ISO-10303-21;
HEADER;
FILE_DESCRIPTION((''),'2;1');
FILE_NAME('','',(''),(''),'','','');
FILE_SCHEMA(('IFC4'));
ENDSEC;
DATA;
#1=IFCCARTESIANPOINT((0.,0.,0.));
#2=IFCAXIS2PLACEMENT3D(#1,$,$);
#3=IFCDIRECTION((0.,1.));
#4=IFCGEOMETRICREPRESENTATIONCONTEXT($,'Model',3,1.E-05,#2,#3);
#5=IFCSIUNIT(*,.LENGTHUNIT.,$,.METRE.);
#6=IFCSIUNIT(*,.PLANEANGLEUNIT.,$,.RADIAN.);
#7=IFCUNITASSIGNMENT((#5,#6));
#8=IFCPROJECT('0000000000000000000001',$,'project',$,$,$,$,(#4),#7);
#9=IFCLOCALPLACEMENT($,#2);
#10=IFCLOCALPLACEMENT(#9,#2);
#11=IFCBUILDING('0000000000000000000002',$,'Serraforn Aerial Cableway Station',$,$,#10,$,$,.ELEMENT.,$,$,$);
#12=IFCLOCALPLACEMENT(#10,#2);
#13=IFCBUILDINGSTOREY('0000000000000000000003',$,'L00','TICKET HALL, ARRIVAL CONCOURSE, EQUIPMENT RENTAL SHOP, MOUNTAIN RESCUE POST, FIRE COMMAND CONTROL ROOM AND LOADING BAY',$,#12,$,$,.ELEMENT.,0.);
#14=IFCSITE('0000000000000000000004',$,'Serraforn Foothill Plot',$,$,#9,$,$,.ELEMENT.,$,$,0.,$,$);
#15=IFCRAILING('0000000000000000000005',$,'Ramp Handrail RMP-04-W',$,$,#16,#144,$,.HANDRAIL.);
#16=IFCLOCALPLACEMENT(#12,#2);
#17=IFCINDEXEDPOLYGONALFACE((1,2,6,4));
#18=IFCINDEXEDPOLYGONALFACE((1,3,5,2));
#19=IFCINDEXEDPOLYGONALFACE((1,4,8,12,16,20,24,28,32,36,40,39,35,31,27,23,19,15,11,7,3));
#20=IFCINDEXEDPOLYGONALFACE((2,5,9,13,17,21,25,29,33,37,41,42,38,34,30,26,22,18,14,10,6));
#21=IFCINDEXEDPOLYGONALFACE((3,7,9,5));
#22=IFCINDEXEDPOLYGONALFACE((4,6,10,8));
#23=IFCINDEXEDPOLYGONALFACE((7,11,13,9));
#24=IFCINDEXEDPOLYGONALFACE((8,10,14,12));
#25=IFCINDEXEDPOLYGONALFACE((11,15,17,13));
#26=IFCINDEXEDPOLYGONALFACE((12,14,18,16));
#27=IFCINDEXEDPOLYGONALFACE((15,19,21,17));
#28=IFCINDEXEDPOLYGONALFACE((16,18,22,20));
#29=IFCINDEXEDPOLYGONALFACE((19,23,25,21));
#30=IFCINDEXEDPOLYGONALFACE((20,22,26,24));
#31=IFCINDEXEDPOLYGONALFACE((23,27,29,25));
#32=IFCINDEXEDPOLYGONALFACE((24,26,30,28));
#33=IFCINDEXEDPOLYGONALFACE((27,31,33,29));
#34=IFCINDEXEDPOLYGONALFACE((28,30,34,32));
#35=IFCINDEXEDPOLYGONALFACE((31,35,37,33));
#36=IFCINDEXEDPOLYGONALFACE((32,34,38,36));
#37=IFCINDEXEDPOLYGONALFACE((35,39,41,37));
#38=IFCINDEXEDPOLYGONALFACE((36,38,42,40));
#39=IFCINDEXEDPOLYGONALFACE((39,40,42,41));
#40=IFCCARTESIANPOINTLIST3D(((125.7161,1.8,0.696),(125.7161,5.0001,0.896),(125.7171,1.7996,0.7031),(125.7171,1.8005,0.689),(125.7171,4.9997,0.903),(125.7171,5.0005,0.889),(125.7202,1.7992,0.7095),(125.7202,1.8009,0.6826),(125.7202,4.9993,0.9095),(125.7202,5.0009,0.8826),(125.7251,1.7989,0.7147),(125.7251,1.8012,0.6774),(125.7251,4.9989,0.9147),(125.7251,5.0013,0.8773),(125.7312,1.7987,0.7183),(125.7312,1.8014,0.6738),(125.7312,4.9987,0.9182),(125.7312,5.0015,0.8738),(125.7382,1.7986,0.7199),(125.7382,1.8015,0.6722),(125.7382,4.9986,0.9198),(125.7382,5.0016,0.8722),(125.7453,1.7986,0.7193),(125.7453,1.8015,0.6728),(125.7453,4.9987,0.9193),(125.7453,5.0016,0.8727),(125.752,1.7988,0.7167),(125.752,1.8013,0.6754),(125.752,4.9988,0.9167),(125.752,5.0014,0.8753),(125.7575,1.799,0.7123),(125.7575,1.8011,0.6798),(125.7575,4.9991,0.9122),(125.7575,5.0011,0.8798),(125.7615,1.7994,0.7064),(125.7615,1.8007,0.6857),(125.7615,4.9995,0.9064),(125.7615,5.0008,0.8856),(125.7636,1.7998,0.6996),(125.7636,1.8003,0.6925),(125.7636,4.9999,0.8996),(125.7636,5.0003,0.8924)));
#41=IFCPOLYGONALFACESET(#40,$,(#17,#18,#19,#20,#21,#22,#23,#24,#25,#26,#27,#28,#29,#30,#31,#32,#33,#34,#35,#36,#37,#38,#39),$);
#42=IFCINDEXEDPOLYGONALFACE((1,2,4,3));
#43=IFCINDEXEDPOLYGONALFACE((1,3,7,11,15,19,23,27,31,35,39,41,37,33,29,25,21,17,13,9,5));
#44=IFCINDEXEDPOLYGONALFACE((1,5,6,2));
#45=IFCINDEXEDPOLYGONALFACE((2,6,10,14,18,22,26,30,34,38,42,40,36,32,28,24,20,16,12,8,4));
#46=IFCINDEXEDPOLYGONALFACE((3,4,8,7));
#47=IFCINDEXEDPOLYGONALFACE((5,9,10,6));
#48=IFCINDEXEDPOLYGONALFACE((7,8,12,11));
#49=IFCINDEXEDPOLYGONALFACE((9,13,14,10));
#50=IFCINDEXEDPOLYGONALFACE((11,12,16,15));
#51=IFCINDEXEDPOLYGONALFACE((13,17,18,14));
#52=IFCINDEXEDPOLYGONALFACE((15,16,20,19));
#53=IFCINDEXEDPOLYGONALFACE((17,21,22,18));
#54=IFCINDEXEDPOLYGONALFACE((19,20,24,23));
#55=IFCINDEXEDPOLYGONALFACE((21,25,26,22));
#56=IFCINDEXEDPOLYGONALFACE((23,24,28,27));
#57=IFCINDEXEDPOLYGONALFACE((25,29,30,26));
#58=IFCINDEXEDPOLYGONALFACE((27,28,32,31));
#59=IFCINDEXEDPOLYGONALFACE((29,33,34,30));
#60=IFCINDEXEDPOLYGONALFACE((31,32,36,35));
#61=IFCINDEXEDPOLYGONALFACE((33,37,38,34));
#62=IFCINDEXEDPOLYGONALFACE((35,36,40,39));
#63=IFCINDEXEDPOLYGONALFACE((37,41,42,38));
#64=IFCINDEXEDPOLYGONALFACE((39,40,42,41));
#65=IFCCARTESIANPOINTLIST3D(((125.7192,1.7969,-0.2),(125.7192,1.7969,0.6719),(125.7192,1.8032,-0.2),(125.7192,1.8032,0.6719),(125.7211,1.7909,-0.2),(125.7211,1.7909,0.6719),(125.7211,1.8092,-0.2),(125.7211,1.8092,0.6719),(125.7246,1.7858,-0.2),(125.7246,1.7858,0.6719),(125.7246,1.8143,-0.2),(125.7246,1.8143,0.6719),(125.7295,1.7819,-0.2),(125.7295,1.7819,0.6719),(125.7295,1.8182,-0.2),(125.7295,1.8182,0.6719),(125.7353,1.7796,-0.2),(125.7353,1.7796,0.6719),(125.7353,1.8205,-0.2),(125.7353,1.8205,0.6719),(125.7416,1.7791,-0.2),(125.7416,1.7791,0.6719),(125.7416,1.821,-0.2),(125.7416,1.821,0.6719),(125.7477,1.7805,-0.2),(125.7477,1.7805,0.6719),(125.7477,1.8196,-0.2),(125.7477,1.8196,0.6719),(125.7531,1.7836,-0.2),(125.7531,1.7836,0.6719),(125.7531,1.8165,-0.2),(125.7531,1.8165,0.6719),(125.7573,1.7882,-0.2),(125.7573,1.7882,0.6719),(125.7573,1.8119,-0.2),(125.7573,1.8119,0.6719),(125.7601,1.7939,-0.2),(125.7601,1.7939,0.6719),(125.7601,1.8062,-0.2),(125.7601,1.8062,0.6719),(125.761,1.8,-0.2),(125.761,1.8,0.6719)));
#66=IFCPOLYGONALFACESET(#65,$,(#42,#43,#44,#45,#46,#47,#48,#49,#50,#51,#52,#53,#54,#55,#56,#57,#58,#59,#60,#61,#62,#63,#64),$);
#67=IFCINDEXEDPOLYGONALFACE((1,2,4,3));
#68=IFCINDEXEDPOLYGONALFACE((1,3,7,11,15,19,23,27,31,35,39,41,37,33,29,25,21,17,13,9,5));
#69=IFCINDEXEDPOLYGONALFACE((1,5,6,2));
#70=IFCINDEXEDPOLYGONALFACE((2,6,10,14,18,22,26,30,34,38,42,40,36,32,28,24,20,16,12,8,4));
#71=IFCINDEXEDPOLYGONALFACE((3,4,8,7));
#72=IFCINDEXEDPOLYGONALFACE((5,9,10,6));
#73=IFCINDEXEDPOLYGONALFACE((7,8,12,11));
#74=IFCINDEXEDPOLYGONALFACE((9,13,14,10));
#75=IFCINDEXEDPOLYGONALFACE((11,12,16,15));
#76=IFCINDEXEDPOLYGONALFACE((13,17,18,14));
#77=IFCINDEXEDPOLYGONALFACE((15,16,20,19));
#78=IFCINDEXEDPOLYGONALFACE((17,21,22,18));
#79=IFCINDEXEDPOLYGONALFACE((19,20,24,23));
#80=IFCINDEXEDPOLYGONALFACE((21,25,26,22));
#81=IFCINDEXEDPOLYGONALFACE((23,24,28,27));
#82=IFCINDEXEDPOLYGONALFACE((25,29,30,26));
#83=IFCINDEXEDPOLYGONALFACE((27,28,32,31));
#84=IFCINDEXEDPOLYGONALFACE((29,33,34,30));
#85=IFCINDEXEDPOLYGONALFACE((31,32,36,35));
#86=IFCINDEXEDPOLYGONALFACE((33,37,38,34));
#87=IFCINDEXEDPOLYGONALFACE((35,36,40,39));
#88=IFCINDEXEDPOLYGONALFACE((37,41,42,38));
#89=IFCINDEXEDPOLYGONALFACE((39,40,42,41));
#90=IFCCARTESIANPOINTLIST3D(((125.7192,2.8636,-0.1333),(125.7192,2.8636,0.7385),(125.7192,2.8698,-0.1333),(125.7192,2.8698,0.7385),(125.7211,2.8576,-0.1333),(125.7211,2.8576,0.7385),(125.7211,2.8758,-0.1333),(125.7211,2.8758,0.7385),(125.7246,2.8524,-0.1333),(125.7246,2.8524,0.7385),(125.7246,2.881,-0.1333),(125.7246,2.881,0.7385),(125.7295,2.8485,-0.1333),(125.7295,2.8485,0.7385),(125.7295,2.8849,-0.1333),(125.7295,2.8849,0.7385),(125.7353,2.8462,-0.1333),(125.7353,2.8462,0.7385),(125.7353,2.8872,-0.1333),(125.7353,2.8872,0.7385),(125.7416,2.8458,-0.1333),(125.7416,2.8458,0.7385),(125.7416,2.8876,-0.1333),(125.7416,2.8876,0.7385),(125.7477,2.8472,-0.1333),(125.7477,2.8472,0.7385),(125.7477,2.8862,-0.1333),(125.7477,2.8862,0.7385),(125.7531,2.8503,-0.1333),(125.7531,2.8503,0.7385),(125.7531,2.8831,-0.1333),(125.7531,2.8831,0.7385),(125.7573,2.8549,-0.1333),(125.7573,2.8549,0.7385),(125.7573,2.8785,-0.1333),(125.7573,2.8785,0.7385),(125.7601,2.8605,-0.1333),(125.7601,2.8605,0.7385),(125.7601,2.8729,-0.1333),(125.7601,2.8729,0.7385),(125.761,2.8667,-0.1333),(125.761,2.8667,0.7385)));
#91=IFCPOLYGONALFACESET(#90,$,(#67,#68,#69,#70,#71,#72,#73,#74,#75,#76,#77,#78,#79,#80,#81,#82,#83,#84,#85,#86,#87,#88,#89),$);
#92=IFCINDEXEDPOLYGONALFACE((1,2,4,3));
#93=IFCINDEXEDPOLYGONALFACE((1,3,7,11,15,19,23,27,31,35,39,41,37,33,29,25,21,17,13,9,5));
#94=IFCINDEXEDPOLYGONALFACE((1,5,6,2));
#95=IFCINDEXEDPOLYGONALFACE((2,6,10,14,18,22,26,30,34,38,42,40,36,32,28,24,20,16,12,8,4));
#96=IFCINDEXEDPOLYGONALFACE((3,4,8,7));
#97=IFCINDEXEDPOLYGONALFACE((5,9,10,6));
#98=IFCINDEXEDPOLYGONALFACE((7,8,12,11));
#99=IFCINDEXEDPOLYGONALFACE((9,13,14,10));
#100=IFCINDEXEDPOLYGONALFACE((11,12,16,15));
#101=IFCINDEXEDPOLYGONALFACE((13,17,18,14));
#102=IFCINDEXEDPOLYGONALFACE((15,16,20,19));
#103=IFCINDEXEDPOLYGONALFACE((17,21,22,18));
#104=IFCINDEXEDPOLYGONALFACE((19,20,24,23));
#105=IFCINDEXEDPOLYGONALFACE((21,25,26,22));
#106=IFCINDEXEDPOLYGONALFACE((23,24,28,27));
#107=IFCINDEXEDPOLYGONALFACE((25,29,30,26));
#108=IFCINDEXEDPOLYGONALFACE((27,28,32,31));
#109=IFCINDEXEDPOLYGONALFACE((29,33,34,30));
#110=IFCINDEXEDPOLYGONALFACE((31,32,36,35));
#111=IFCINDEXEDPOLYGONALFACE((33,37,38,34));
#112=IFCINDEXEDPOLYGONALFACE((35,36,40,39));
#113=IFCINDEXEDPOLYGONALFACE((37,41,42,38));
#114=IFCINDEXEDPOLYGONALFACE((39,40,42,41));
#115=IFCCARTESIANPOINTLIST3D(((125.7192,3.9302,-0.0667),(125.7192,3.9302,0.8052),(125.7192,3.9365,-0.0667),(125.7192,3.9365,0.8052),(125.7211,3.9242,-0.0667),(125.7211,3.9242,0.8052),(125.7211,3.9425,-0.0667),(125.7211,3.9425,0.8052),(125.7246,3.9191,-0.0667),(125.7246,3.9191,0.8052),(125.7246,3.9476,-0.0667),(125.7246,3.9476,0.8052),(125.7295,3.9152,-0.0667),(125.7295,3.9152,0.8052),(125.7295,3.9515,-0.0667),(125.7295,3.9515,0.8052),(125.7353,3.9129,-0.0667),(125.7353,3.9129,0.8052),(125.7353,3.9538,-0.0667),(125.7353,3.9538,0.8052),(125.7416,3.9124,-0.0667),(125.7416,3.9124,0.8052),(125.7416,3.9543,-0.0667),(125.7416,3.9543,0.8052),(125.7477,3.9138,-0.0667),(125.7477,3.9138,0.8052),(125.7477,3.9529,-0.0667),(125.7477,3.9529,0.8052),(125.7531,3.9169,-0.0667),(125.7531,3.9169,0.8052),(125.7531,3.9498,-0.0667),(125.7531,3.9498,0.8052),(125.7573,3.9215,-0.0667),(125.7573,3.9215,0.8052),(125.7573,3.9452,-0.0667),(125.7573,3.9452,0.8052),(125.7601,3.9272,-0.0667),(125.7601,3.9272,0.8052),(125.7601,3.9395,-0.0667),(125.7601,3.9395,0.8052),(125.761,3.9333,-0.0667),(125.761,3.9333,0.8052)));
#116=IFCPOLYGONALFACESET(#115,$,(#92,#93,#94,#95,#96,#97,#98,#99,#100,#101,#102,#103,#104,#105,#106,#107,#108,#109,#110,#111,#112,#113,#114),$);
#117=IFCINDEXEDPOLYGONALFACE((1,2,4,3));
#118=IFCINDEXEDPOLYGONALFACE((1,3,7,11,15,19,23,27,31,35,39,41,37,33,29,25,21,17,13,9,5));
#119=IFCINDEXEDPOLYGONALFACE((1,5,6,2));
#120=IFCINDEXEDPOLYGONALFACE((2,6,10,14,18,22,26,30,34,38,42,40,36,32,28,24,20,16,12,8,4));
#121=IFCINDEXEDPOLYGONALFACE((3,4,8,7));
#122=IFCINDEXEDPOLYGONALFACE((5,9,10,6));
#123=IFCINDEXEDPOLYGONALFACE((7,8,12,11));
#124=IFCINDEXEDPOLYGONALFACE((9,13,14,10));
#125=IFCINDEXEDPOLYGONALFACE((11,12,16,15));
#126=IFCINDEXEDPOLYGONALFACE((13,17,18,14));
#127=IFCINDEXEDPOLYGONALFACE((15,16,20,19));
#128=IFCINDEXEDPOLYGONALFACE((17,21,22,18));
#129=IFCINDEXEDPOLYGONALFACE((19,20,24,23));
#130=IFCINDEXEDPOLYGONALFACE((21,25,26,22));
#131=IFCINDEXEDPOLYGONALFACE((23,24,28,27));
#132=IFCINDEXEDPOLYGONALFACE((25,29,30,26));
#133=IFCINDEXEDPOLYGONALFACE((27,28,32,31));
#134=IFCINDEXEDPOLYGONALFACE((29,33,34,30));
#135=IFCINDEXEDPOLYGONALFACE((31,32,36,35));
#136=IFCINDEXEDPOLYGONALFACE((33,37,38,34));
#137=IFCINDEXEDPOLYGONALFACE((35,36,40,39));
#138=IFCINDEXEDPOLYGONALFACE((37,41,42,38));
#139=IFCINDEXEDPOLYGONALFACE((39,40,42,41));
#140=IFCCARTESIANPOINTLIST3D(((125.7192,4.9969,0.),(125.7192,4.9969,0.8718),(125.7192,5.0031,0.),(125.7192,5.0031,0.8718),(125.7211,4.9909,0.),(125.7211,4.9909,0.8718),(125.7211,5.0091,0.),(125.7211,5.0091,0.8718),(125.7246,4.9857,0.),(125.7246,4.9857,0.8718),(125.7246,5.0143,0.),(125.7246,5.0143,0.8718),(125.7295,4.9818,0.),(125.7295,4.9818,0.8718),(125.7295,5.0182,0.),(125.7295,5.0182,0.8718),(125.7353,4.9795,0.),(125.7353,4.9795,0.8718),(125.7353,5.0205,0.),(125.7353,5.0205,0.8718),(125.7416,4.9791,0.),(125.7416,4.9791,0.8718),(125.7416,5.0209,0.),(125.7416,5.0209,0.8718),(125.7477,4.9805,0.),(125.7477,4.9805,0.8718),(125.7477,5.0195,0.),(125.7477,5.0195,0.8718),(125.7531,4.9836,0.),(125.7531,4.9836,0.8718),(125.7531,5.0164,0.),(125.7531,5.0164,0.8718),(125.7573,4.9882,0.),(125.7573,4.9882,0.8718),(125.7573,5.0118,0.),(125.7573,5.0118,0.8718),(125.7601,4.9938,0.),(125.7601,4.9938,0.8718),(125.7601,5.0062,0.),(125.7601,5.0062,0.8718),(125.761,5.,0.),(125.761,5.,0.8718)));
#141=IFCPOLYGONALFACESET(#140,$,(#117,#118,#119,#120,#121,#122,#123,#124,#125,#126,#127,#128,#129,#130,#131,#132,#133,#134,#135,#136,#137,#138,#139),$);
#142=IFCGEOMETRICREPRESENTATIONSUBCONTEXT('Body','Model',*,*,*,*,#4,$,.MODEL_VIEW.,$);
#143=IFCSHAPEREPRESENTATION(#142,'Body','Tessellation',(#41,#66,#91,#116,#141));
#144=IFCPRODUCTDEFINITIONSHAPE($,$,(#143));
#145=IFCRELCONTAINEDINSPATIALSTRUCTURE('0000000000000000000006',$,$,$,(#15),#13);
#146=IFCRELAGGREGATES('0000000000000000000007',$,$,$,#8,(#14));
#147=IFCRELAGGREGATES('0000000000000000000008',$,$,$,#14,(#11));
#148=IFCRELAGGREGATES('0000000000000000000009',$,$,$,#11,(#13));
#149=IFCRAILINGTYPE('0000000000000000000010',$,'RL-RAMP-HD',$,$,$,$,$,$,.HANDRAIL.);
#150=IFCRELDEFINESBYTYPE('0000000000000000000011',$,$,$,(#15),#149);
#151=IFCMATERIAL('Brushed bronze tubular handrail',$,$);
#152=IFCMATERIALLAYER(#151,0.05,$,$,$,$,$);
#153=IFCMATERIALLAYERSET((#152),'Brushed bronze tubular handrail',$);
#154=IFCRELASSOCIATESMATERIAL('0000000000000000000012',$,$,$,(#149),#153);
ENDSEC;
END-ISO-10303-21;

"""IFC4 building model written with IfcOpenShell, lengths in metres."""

from ifc_helpers import new_model, si_unit, direction, frame, origin, origin_2d, place, context, subcontext, project, spatial, circle, extrude, material, layer, layer_set, type_object, element, save


model = new_model("IFC4")

# Units and contexts
model_context = context("Model", 3, precision=1e-05, world=origin(), true_north=direction((0.0, 1.0)))
body_context = subcontext(model_context, "Body", "Model", "MODEL_VIEW")
ifc_project = project(units=[si_unit("LENGTHUNIT", "METRE"), si_unit("PLANEANGLEUNIT", "RADIAN")], contexts=[model_context])

# Site, building, storey
site_placement = place(None, origin())
site = spatial("IfcSite", under=ifc_project, at=site_placement, Name="Serraforn Foothill Plot", CompositionType="ELEMENT", RefElevation=0.0)
building_placement = place(site_placement, origin())
building = spatial("IfcBuilding", under=site, at=building_placement, Name="Serraforn Aerial Cableway Station", CompositionType="ELEMENT")
storey_placement = place(building_placement, origin())
storey = spatial("IfcBuildingStorey", under=building, at=storey_placement, Name="L00", Description="TICKET HALL, ARRIVAL CONCOURSE, EQUIPMENT RENTAL SHOP, MOUNTAIN RESCUE POST, FIRE COMMAND CONTROL ROOM AND LOADING BAY", CompositionType="ELEMENT", Elevation=0.0)

# Railing
ifc_material_1 = material(Name="Brushed bronze tubular handrail")
ifc_layer_1 = layer(ifc_material_1, 0.05)
ifc_layer_set_1 = layer_set([ifc_layer_1], Name="Brushed bronze tubular handrail")
railing_type_1 = type_object("IfcRailingType", Name="RL-RAMP-HD", PredefinedType="HANDRAIL", material=ifc_layer_set_1)
for number, where, name in (
    (1, (125.74, 1.8, -0.2), "Ramp Handrail RMP-04-W"),
):
    element("IfcRailing", number, at=place(storey_placement, frame(where)), inside=storey, type_object=railing_type_1, Name=name, PredefinedType="HANDRAIL", context=body_context, shape_type="SweptSolid", body=[
        extrude(circle(Radius=0.0239, at=origin_2d()), frame((0.0, 0.0, 0.896), z_axis=(0.0, 0.998053, 0.062364), x_axis=(-1.0, 0.0, 0.0)), (0.0, 0.0, 1.0), 3.2063),
        extrude(circle(Radius=0.021, at=origin_2d()), origin(), (0.0, 0.0, 1.0), 0.8718),
        extrude(circle(Radius=0.021, at=origin_2d()), frame((0.0, 1.0667, 0.0667)), (0.0, 0.0, 1.0), 0.8718),
        extrude(circle(Radius=0.021, at=origin_2d()), frame((0.0, 2.1333, 0.1333)), (0.0, 0.0, 1.0), 0.8718),
        extrude(circle(Radius=0.021, at=origin_2d()), frame((0.0, 3.2, 0.2)), (0.0, 0.0, 1.0), 0.8718),
    ])

save(model, "model.ifc")
